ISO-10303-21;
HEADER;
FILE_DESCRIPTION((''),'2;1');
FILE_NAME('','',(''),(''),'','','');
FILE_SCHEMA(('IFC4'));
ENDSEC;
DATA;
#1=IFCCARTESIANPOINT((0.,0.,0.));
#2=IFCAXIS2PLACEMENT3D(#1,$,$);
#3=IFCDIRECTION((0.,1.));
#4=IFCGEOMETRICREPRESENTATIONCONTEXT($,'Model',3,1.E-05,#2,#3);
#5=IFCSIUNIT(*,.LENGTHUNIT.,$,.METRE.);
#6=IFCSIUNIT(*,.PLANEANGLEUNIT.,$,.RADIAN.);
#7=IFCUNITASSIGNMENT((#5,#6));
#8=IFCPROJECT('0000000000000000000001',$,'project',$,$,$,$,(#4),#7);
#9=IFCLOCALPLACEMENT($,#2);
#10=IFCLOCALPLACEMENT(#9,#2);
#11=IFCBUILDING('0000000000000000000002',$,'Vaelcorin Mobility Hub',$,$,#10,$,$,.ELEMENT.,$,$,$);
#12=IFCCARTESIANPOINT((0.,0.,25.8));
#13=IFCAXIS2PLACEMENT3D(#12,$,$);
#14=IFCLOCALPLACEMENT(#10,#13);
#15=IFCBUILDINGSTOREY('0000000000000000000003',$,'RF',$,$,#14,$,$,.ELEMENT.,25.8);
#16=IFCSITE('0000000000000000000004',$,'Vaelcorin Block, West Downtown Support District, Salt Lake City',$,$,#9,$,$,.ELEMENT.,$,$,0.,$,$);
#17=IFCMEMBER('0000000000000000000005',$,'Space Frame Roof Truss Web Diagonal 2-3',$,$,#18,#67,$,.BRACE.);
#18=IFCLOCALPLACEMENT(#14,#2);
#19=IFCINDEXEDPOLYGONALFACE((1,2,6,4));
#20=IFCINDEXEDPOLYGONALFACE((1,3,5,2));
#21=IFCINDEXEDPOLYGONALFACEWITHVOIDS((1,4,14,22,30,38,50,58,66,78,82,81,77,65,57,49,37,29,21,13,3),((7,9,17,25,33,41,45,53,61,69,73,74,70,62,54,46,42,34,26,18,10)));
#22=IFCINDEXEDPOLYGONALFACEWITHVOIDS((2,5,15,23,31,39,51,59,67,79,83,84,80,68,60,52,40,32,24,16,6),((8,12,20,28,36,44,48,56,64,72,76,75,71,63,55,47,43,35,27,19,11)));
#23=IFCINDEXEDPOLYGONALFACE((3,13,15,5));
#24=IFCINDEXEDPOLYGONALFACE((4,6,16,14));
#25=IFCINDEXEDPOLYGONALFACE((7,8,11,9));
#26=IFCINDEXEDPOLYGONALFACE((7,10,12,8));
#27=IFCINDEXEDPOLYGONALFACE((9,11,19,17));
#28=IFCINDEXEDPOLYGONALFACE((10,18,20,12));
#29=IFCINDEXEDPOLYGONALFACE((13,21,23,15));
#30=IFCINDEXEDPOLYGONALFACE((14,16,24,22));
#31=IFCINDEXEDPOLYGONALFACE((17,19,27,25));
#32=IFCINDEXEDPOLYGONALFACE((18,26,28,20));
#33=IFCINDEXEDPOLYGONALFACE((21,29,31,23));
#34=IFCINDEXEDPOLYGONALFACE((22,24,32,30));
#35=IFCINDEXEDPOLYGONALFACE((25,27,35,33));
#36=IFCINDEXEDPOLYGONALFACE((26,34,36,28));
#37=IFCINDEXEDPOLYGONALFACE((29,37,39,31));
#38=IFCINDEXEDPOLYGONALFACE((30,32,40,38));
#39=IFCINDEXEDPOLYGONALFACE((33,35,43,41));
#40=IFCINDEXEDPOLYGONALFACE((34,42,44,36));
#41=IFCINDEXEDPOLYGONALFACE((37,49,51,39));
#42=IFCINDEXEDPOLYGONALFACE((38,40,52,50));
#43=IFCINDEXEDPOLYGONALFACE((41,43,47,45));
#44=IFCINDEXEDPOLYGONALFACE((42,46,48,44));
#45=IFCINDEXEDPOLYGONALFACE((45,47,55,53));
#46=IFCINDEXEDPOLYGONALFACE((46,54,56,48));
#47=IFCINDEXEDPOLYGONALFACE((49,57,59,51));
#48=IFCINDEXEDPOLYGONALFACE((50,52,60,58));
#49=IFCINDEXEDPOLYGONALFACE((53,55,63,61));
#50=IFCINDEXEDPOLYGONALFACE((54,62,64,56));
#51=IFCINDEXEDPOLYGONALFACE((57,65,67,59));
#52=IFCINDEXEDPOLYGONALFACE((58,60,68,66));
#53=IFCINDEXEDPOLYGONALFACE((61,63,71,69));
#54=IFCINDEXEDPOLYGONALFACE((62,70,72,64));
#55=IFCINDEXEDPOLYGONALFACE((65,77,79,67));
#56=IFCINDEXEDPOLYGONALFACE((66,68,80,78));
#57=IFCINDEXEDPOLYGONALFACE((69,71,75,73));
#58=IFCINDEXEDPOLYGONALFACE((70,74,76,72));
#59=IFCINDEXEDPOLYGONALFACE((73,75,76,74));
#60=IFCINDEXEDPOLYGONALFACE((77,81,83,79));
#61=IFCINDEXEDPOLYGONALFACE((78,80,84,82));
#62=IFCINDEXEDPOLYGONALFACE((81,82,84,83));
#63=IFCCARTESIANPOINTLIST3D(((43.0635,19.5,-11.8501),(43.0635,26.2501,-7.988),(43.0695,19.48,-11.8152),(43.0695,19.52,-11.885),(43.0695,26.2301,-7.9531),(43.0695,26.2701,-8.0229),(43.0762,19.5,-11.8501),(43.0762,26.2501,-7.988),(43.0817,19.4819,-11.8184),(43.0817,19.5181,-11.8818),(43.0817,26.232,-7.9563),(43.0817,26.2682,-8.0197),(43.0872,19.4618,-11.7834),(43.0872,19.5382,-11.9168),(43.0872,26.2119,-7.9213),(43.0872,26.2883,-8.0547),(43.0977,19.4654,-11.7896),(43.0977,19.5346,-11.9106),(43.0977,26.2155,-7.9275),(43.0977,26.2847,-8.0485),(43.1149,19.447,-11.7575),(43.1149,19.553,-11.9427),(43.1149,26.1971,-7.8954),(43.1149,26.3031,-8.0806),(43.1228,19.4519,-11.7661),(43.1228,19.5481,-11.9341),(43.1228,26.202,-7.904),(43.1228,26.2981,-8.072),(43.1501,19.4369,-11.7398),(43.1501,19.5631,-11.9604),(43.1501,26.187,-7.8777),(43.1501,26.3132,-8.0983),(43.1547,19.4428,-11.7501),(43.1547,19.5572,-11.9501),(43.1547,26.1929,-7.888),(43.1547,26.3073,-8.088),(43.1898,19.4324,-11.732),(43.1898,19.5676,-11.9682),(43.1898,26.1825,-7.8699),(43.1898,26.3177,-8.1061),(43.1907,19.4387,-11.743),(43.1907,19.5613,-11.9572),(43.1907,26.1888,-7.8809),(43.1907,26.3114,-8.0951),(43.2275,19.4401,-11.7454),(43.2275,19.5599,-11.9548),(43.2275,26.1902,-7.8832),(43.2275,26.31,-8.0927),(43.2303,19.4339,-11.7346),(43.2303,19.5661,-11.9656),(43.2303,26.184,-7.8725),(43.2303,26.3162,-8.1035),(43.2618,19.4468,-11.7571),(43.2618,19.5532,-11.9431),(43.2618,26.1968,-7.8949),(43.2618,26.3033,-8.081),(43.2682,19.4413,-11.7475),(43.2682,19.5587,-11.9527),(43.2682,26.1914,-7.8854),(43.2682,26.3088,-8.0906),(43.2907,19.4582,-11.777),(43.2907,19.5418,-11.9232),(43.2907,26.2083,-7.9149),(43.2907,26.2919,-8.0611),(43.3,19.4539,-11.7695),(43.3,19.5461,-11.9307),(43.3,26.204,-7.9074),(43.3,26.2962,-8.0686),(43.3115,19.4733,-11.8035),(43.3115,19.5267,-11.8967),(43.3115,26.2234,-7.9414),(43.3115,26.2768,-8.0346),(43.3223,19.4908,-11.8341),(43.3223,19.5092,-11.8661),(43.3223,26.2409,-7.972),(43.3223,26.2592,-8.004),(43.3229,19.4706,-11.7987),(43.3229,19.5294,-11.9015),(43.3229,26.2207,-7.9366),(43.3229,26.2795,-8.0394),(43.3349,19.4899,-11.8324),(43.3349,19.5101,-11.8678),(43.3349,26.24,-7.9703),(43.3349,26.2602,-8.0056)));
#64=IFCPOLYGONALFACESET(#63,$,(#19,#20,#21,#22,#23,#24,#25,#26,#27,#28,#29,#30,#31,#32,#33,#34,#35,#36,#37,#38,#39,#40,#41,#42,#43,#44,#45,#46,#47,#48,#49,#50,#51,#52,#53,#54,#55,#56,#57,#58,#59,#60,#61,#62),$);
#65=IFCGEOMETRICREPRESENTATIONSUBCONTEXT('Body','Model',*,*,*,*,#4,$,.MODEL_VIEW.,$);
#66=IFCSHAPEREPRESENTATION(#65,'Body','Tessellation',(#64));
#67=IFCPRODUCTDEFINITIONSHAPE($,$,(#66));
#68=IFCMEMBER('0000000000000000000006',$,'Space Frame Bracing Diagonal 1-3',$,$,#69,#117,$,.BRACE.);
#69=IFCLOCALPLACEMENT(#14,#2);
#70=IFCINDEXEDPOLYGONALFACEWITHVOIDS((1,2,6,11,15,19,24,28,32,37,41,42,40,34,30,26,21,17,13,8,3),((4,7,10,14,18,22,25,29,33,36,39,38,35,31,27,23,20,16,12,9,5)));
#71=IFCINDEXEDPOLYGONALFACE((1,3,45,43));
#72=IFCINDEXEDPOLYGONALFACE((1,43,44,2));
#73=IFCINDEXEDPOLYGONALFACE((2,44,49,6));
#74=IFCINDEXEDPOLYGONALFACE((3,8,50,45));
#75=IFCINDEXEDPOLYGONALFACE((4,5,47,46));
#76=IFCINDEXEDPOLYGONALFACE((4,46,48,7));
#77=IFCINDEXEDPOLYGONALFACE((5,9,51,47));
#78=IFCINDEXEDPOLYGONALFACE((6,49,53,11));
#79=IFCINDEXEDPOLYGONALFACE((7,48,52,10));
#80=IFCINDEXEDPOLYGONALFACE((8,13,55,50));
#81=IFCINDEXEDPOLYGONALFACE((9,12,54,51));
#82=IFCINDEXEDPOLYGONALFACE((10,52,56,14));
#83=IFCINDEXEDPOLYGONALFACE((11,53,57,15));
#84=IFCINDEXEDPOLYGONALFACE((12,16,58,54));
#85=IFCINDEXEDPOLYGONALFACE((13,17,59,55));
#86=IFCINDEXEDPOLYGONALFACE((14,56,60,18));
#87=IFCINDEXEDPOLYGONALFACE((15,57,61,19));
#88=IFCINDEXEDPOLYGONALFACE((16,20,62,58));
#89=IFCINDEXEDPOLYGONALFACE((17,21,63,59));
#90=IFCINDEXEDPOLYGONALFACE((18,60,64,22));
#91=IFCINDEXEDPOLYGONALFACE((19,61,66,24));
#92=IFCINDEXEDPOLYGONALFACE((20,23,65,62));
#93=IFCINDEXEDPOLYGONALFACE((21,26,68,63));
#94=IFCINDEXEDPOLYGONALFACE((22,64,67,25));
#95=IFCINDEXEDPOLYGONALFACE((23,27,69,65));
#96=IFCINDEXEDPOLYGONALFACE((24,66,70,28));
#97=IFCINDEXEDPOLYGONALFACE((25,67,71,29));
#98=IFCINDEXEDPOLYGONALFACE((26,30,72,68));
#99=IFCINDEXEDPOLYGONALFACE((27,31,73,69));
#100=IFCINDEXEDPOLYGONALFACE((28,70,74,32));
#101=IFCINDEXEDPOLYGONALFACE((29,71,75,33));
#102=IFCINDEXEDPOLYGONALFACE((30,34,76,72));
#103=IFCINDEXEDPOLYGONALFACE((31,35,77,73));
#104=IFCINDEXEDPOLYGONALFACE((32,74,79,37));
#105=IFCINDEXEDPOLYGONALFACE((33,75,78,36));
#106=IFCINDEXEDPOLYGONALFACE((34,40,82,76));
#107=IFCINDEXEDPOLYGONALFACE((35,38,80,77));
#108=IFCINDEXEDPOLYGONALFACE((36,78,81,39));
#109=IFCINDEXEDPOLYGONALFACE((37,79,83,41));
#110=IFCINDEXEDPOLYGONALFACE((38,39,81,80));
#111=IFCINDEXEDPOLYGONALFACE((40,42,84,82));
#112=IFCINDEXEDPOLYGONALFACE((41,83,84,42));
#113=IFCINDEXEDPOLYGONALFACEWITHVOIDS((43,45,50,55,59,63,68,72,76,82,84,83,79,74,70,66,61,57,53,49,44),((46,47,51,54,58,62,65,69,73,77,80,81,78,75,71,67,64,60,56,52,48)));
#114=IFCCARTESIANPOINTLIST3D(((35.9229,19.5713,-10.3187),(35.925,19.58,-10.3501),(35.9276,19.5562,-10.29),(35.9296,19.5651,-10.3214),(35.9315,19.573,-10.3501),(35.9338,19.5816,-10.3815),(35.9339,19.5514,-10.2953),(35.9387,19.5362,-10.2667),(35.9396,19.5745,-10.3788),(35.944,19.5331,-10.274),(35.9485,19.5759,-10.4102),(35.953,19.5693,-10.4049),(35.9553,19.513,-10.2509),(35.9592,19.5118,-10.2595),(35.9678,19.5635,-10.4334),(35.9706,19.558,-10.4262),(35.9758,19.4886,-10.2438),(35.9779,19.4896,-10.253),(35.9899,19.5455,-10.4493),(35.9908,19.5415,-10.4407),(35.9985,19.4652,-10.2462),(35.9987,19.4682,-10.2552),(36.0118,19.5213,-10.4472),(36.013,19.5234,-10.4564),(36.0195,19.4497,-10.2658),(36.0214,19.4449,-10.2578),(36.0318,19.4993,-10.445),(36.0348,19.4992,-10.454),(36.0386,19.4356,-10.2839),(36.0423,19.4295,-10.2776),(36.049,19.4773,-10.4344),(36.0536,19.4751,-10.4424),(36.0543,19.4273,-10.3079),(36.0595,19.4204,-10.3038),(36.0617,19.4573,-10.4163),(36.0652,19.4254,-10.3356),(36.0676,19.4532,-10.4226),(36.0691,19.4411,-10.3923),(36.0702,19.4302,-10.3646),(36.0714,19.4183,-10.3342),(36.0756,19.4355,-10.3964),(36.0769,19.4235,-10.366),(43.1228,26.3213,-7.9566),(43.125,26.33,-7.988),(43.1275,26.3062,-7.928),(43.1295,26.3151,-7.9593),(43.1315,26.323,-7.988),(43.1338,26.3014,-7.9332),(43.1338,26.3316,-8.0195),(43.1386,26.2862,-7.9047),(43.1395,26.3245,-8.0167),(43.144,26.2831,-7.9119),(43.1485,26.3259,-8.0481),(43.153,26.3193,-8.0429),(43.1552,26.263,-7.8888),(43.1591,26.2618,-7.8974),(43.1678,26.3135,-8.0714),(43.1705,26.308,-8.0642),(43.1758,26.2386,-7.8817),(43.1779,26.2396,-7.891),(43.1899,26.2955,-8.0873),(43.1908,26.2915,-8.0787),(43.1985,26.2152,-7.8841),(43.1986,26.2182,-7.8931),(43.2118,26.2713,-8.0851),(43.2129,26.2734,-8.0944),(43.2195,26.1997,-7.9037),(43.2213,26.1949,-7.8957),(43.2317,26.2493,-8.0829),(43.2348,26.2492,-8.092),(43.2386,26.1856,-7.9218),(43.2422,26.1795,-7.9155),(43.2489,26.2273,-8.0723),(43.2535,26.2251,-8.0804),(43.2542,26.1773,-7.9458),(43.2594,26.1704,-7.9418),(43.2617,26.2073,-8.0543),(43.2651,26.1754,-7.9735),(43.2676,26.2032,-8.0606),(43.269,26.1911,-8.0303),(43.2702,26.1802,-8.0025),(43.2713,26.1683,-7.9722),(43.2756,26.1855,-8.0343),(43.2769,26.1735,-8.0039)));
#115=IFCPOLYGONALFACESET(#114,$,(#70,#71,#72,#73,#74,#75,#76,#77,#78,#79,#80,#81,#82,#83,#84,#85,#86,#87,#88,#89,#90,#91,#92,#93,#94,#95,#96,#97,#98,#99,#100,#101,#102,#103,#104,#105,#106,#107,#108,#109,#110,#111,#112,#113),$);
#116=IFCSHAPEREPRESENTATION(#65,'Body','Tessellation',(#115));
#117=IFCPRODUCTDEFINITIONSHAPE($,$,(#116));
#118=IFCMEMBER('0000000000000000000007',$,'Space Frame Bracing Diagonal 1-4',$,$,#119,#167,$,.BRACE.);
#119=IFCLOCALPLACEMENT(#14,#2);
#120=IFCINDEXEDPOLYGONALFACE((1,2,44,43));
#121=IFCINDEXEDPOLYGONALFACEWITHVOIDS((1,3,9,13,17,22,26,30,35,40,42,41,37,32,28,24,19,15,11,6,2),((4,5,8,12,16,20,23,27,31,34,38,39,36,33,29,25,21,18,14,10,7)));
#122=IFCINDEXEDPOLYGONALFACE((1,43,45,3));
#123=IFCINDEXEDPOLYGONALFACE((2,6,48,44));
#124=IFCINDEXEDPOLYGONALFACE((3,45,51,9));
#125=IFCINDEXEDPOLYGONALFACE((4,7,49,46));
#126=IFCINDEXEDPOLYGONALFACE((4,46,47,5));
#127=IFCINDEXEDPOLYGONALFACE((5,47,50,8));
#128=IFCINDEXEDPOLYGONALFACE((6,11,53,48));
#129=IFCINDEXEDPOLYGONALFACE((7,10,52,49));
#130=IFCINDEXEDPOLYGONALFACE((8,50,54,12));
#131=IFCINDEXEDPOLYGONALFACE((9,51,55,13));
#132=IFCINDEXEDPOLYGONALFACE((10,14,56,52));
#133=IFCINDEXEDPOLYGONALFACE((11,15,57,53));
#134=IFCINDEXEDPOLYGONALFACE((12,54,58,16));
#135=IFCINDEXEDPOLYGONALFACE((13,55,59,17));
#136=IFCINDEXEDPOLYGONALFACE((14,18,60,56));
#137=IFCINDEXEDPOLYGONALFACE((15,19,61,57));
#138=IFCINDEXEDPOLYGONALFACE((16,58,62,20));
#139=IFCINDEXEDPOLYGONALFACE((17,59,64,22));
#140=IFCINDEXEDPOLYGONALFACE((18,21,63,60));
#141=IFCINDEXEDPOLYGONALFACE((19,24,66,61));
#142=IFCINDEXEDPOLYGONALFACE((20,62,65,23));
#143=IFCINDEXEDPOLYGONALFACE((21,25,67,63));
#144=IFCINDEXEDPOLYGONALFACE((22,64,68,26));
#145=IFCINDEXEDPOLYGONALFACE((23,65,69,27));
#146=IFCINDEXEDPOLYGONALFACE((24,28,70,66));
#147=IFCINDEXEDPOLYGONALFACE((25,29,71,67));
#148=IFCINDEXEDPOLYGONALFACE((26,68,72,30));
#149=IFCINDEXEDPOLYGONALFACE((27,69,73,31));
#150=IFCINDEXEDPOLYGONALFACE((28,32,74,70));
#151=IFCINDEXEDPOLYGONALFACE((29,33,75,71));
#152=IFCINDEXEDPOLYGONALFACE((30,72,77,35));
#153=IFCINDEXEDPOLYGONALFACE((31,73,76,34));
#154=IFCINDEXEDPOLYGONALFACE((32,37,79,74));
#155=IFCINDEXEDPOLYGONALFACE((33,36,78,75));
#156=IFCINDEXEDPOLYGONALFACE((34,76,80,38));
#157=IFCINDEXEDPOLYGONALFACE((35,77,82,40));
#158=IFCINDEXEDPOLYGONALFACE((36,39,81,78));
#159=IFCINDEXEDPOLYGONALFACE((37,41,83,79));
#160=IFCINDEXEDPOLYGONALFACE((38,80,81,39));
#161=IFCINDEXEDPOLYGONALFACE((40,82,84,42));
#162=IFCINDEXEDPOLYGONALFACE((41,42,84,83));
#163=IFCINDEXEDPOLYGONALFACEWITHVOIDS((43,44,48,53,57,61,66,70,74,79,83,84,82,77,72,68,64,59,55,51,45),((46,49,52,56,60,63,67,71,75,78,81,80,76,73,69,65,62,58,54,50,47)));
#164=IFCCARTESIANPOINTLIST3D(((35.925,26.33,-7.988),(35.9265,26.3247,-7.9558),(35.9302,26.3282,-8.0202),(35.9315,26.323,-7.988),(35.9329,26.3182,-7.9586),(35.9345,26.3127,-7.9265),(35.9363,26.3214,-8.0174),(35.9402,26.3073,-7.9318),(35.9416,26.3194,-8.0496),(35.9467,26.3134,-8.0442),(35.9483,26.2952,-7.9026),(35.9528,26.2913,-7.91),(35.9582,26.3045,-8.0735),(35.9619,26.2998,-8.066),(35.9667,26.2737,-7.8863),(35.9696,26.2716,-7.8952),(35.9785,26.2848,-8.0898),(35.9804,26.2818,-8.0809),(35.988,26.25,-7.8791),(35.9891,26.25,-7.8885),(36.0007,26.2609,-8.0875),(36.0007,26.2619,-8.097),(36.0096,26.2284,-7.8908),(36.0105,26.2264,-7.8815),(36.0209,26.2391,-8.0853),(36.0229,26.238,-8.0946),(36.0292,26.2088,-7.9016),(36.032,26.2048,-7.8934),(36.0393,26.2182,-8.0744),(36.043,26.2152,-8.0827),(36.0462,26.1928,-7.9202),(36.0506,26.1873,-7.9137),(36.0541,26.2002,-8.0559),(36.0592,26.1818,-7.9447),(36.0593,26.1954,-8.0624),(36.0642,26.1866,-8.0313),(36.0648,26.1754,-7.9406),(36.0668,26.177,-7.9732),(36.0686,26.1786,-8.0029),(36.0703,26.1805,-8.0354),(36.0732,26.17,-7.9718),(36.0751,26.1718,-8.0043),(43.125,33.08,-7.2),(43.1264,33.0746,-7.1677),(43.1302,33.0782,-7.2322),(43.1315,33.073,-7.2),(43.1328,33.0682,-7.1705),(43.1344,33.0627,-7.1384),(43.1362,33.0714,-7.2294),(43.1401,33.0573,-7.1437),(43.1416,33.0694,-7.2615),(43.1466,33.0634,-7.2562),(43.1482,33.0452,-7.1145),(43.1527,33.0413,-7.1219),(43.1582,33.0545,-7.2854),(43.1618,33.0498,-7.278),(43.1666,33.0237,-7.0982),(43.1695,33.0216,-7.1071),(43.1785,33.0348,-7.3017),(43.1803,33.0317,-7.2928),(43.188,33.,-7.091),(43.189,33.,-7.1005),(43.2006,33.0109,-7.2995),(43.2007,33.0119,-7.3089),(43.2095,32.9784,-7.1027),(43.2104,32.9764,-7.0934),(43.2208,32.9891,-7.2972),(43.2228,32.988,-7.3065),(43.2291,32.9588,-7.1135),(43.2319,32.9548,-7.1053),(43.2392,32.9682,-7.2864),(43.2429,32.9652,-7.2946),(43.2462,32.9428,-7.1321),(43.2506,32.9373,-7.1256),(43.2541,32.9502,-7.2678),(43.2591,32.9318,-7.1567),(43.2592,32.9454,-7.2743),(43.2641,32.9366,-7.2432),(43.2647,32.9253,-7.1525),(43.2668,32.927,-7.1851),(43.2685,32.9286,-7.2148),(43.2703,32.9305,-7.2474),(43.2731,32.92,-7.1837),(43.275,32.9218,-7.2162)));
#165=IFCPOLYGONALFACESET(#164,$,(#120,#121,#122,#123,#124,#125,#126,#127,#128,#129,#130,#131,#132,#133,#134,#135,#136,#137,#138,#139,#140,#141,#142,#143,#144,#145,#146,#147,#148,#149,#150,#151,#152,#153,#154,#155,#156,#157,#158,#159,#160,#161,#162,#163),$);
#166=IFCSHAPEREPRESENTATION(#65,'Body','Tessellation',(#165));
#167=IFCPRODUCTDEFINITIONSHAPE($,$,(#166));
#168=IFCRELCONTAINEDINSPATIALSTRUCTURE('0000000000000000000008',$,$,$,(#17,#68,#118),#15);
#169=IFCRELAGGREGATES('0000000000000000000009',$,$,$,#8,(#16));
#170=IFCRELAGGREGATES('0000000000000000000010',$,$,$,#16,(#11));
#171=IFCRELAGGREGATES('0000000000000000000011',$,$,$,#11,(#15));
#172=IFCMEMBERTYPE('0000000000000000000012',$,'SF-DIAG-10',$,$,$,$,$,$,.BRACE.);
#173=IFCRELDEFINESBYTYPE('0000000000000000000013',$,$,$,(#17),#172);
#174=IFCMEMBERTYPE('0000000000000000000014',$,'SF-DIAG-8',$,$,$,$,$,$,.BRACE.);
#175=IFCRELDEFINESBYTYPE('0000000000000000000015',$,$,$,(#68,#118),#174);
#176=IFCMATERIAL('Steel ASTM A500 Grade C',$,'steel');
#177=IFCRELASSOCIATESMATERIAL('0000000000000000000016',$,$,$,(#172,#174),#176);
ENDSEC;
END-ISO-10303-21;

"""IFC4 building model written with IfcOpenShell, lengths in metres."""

from ifc_helpers import new_model, si_unit, direction, frame, origin, origin_2d, place, context, subcontext, project, spatial, hollow_circle, extrude, material, material_profile, profile_set, type_object, element, save


model = new_model("IFC4")

# Units and contexts
model_context = context("Model", 3, precision=1e-05, world=origin(), true_north=direction((0.0, 1.0)))
body_context = subcontext(model_context, "Body", "Model", "MODEL_VIEW")
ifc_project = project(units=[si_unit("LENGTHUNIT", "METRE"), si_unit("PLANEANGLEUNIT", "RADIAN")], contexts=[model_context])

# Site, building, storey
site_placement = place(None, origin())
site = spatial("IfcSite", under=ifc_project, at=site_placement, Name="Vaelcorin Block, West Downtown Support District, Salt Lake City", CompositionType="ELEMENT", RefElevation=0.0)
building_placement = place(site_placement, origin())
building = spatial("IfcBuilding", under=site, at=building_placement, Name="Vaelcorin Mobility Hub", CompositionType="ELEMENT")
storey_placement = place(building_placement, frame((0.0, 0.0, 25.8)))
storey = spatial("IfcBuildingStorey", under=building, at=storey_placement, Name="RF", CompositionType="ELEMENT", Elevation=25.8)

# Members
ifc_material_1 = material(Name="Steel ASTM A500 Grade C", Category="steel")
ifc_material_profile_1 = material_profile(ifc_material_1, hollow_circle(Radius=0.1365, WallThickness=0.0127, at=origin_2d()), Name="HSS10.750X0.500")
ifc_profile_set_1 = profile_set([ifc_material_profile_1], Name="Steel ASTM A500 Grade C")
member_type_1 = type_object("IfcMemberType", Name="SF-DIAG-10", PredefinedType="BRACE", material=ifc_profile_set_1)
member_1_placement = place(storey_placement, frame((43.2, 19.5, -11.8501), z_axis=(0.0, 0.867971, 0.496616), x_axis=(-1.0, 0.0, 0.0)))
element("IfcMember", 1, at=member_1_placement, inside=storey, type_object=member_type_1, Name="Space Frame Roof Truss Web Diagonal 2-3", PredefinedType="BRACE", context=body_context, shape_type="SweptSolid", body=[
    extrude(hollow_circle(Radius=0.1365, WallThickness=0.0127, at=origin_2d()), origin(), (0.0, 0.0, 1.0), 7.7769),
])
ifc_material_profile_2 = material_profile(ifc_material_1, hollow_circle(Radius=0.1096, WallThickness=0.0095, at=origin_2d()), Name="HSS8.625X0.375")
ifc_profile_set_2 = profile_set([ifc_material_profile_2], Name="Steel ASTM A500 Grade C")
member_type_2 = type_object("IfcMemberType", Name="SF-DIAG-8", PredefinedType="BRACE", material=ifc_profile_set_2)
member_2_placement = place(storey_placement, frame((36.0, 19.5, -10.3501), z_axis=(0.709497, 0.665158, 0.232762), x_axis=(-0.683944, 0.729535, 0.0)))
element("IfcMember", 2, at=member_2_placement, inside=storey, type_object=member_type_2, Name="Space Frame Bracing Diagonal 1-3", PredefinedType="BRACE", context=body_context, shape_type="SweptSolid", body=[
    extrude(hollow_circle(Radius=0.1096, WallThickness=0.0095, at=origin_2d()), origin(), (0.0, 0.0, 1.0), 10.1479),
])
member_3_placement = place(storey_placement, frame((36.0, 26.25, -7.988), z_axis=(0.72722, 0.681773, 0.079599), x_axis=(-0.683944, 0.729535, 0.0)))
element("IfcMember", 3, at=member_3_placement, inside=storey, type_object=member_type_2, Name="Space Frame Bracing Diagonal 1-4", PredefinedType="BRACE", context=body_context, shape_type="SweptSolid", body=[
    extrude(hollow_circle(Radius=0.1096, WallThickness=0.0095, at=origin_2d()), origin(), (0.0, 0.0, 1.0), 9.9006),
])

save(model, "model.ifc")
